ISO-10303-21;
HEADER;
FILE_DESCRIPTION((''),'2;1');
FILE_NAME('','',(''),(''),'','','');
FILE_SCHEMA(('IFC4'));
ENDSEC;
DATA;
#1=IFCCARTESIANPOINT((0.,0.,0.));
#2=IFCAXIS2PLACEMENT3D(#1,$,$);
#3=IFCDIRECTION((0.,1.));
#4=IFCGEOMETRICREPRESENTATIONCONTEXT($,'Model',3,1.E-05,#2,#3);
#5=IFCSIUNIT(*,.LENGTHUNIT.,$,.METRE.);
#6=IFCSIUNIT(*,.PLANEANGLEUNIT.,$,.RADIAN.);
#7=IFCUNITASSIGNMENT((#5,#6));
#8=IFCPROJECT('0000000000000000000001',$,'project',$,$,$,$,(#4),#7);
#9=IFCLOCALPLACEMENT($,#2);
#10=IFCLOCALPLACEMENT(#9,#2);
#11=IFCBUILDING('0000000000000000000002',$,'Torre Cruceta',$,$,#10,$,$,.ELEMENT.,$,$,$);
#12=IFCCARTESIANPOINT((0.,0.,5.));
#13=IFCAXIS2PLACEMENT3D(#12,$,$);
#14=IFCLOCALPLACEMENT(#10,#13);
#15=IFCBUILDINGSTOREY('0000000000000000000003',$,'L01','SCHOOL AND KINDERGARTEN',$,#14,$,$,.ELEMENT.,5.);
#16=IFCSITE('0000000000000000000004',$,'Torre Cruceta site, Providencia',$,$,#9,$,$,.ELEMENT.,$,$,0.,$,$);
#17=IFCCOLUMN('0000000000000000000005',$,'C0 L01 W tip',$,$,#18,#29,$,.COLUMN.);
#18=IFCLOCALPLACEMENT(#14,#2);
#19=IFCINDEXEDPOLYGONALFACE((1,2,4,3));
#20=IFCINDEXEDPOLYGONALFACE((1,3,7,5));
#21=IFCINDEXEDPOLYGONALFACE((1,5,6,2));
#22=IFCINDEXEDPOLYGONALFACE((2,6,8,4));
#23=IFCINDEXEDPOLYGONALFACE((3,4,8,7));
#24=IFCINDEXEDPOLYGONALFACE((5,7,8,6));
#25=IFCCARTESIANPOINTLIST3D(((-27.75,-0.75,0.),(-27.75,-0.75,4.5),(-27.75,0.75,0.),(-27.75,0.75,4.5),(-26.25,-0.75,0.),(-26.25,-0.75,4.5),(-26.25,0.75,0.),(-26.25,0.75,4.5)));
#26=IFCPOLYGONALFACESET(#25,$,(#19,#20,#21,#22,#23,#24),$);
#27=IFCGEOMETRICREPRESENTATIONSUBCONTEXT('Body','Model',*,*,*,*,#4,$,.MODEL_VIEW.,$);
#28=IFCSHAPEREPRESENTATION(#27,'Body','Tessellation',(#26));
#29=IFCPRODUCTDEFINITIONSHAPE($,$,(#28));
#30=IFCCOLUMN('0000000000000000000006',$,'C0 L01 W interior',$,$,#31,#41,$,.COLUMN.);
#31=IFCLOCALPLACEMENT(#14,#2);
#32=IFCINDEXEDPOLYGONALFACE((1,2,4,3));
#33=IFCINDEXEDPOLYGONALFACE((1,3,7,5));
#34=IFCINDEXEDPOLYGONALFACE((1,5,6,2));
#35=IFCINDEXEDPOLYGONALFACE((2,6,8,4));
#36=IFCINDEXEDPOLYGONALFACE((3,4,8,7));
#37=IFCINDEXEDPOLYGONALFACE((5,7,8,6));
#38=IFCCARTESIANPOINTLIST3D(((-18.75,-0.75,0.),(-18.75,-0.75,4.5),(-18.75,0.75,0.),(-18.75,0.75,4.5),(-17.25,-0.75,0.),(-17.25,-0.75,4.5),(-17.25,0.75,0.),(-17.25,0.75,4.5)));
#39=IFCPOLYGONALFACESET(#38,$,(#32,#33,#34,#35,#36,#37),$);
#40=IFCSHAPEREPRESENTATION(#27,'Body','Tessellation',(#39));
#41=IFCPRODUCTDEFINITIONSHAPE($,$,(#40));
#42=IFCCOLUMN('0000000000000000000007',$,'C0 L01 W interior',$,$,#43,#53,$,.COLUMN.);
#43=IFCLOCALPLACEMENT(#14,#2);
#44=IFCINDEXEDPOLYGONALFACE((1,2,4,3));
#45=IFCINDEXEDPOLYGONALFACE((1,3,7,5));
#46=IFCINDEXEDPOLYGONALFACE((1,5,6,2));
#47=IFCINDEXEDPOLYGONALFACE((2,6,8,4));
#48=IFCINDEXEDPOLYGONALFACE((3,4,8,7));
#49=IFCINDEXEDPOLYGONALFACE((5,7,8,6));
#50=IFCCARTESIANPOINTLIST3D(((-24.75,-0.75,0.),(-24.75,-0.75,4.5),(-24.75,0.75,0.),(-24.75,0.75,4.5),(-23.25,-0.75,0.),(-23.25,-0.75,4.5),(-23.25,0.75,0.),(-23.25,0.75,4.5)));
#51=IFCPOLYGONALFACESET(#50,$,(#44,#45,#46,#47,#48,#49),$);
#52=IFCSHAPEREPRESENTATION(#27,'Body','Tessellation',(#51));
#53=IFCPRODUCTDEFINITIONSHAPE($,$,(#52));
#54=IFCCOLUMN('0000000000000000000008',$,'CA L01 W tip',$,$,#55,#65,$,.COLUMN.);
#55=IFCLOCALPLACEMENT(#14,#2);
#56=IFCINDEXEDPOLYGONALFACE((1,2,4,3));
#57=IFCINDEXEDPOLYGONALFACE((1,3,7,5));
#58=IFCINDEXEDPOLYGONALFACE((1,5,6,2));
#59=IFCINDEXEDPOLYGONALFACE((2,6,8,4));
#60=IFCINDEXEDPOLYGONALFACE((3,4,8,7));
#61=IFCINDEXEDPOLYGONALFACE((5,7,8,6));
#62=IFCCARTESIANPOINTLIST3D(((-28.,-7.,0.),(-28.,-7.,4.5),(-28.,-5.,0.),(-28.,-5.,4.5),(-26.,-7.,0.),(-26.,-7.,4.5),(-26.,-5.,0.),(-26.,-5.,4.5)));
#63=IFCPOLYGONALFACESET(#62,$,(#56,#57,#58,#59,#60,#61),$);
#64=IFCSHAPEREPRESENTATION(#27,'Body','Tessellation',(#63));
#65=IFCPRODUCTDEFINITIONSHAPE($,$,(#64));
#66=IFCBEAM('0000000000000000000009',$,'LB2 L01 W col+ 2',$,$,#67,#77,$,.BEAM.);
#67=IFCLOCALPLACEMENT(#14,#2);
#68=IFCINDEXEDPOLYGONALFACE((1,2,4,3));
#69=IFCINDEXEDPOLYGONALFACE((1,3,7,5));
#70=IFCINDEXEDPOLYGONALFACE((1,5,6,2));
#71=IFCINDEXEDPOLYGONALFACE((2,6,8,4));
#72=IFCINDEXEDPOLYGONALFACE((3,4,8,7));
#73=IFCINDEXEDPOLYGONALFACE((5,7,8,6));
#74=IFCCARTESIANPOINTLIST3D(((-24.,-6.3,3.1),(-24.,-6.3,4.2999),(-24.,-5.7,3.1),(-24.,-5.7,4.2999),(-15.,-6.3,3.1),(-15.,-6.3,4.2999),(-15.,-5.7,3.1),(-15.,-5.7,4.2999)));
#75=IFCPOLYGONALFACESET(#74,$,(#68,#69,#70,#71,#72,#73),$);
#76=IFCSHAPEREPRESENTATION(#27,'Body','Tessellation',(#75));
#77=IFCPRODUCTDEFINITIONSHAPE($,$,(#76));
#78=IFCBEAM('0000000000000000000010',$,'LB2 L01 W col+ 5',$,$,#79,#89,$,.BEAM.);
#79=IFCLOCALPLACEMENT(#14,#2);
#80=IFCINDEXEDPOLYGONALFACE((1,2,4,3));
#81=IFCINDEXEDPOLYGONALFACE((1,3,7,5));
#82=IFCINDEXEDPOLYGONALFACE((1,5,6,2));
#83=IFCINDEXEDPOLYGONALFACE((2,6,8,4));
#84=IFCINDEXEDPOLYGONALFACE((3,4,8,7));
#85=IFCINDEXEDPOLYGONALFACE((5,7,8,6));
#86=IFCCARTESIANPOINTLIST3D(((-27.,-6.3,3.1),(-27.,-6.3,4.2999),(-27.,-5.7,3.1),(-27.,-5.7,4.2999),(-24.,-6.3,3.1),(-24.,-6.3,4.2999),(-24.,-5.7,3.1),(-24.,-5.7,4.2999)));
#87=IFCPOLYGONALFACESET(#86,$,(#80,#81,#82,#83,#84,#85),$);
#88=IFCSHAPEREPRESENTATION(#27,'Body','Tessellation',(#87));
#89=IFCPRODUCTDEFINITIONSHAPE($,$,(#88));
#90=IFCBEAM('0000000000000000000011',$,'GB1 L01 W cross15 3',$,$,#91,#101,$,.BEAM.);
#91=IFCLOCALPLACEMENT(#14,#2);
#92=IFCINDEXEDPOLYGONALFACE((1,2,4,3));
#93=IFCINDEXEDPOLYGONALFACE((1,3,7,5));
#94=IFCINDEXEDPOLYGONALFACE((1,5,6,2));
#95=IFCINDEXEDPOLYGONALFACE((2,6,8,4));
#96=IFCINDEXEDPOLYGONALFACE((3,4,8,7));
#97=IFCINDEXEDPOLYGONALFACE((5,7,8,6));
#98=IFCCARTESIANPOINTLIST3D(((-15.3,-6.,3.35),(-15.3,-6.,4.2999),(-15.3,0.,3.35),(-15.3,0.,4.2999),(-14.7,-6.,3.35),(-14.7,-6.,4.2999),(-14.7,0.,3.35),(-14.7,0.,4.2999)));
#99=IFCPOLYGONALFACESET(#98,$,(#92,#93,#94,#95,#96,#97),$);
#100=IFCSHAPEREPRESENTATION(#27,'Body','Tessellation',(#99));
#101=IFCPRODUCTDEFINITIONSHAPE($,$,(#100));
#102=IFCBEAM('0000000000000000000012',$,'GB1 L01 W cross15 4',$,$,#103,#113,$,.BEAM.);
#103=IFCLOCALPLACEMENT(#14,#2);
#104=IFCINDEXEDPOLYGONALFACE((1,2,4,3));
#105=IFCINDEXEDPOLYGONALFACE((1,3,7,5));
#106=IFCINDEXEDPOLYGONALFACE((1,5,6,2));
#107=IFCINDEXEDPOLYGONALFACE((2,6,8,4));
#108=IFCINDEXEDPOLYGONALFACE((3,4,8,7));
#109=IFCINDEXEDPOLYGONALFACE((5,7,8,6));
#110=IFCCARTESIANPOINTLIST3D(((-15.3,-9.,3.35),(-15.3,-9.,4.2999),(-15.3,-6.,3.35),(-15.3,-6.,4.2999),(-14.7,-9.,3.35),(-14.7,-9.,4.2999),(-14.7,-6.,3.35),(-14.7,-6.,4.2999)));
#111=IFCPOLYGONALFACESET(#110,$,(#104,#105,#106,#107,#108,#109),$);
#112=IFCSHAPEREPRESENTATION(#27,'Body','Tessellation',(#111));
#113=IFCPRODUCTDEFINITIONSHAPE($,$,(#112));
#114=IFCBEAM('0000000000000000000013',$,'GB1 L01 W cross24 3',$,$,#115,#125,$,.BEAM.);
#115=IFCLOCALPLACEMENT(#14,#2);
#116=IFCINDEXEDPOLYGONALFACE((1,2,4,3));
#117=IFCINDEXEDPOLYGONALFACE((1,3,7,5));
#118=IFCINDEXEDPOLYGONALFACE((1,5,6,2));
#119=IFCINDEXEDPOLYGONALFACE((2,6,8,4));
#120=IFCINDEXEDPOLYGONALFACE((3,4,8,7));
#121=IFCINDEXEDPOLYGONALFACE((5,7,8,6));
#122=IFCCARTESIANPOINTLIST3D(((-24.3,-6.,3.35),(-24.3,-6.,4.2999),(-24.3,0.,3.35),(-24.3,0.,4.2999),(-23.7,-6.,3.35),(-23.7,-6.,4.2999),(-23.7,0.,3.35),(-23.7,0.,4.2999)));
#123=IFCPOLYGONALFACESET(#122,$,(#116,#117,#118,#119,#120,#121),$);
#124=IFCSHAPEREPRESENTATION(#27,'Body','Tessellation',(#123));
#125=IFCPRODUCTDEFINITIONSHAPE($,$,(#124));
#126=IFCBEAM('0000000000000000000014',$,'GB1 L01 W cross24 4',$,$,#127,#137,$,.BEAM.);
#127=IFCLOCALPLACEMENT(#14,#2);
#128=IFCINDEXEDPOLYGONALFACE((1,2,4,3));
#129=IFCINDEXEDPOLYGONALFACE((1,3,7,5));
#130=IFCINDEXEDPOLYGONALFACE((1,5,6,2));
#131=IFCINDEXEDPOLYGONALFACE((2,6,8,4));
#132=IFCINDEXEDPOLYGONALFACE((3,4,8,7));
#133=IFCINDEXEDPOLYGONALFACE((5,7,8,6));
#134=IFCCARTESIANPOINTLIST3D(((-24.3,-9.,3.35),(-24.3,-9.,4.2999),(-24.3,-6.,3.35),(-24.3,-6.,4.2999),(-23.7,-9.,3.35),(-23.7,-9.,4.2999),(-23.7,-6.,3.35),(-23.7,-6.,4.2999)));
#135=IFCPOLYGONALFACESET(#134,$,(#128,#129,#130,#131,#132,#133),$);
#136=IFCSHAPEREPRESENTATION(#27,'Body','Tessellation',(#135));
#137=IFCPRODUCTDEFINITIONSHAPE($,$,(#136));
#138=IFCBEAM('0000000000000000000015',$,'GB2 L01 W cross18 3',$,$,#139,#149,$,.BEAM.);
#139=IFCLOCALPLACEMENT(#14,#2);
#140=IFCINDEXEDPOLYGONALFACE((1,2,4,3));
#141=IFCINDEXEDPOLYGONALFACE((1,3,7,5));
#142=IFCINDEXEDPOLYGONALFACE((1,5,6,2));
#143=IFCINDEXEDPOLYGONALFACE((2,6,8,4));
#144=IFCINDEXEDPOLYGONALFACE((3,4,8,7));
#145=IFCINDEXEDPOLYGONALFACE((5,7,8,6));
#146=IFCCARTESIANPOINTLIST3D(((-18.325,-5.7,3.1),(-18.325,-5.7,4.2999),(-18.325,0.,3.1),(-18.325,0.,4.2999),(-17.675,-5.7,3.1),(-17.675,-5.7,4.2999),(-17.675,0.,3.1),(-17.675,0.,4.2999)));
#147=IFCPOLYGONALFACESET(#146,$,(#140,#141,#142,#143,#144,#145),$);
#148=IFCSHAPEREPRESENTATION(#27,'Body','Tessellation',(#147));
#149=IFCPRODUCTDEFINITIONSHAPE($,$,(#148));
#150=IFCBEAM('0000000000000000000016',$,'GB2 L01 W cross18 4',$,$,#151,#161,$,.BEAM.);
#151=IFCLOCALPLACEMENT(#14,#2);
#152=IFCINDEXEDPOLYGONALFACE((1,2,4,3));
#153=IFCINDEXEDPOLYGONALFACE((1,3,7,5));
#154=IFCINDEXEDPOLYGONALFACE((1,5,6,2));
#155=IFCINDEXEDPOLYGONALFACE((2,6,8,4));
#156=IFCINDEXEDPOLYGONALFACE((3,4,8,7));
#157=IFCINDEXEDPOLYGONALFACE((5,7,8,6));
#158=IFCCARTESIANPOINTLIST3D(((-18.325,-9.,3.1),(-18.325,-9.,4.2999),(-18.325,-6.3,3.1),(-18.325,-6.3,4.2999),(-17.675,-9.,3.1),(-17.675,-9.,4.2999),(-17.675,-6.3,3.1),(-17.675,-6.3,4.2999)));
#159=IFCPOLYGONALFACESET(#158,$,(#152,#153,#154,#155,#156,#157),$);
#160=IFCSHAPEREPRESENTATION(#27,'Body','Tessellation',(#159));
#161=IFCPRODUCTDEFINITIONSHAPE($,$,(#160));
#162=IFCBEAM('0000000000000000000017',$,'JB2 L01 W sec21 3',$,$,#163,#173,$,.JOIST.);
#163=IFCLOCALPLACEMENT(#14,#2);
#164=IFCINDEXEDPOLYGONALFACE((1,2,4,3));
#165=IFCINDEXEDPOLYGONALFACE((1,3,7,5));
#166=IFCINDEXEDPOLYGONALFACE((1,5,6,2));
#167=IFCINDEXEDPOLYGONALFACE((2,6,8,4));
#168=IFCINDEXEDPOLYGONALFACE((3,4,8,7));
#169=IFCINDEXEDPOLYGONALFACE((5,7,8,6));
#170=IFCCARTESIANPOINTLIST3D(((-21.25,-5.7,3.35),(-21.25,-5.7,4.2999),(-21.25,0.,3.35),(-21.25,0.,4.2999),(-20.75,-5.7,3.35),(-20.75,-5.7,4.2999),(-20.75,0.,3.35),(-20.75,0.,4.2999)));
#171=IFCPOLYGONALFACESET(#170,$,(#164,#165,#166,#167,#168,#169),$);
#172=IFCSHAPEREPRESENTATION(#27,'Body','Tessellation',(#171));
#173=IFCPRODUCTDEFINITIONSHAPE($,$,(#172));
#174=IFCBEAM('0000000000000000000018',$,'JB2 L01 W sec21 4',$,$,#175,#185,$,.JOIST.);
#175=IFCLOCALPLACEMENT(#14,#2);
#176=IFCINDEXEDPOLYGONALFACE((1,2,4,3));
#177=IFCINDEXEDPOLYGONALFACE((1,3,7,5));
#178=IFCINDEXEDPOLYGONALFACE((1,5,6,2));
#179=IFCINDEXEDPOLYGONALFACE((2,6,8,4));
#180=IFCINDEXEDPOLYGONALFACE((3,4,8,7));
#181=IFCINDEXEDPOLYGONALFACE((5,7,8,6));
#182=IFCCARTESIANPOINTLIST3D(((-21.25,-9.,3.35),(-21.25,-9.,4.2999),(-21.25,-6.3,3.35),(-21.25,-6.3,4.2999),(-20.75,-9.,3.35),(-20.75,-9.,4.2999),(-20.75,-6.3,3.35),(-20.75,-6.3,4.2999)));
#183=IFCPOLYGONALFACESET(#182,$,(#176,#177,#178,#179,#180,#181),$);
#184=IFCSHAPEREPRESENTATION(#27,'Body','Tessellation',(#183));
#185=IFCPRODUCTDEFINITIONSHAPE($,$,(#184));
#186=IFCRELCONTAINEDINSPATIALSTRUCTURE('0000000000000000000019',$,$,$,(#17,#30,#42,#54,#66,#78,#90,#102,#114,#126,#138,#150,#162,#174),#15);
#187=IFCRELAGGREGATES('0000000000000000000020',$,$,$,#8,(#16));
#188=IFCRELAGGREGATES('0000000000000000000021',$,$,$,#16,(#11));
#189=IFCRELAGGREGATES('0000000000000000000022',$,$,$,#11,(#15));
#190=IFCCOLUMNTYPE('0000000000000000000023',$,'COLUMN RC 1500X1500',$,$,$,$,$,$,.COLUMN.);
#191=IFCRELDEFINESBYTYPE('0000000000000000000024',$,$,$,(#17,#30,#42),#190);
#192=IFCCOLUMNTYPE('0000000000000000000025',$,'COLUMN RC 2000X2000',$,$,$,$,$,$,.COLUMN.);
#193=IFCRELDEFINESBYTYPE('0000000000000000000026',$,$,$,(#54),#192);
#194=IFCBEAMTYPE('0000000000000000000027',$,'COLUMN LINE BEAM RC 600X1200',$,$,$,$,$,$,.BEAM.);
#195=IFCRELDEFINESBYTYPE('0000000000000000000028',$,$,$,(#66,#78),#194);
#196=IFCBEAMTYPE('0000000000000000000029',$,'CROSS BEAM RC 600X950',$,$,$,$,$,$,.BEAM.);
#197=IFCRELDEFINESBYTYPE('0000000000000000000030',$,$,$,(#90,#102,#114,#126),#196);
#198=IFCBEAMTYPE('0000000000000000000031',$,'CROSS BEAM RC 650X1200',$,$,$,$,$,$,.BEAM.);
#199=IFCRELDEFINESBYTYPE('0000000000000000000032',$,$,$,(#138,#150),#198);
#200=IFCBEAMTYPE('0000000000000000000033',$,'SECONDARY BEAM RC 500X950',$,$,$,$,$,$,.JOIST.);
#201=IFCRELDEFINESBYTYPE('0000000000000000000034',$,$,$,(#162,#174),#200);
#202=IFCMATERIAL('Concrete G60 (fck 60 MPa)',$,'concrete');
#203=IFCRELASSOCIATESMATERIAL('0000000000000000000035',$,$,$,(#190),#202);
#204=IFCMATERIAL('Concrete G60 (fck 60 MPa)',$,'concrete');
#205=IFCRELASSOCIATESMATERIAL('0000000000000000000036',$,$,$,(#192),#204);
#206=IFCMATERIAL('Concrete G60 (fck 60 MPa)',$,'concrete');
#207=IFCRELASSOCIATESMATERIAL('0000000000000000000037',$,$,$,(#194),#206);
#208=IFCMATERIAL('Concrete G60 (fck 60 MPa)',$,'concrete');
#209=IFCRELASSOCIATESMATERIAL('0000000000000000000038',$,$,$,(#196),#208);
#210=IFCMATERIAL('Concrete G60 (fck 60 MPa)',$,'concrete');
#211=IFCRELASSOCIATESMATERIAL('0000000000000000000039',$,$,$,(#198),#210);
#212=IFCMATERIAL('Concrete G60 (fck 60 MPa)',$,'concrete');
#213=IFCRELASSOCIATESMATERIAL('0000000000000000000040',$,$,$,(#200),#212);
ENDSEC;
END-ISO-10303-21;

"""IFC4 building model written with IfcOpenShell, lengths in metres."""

from ifc_helpers import new_model, si_unit, direction, frame, origin, origin_2d, place, context, subcontext, project, spatial, rectangle, extrude, material, material_profile, profile_set, type_object, element, save


model = new_model("IFC4")

# Units and contexts
model_context = context("Model", 3, precision=1e-05, world=origin(), true_north=direction((0.0, 1.0)))
body_context = subcontext(model_context, "Body", "Model", "MODEL_VIEW")
ifc_project = project(units=[si_unit("LENGTHUNIT", "METRE"), si_unit("PLANEANGLEUNIT", "RADIAN")], contexts=[model_context])

# Site, building, storey
site_placement = place(None, origin())
site = spatial("IfcSite", under=ifc_project, at=site_placement, Name="Torre Cruceta site, Providencia", CompositionType="ELEMENT", RefElevation=0.0)
building_placement = place(site_placement, origin())
building = spatial("IfcBuilding", under=site, at=building_placement, Name="Torre Cruceta", CompositionType="ELEMENT")
storey_placement = place(building_placement, frame((0.0, 0.0, 5.0)))
storey = spatial("IfcBuildingStorey", under=building, at=storey_placement, Name="L01", Description="SCHOOL AND KINDERGARTEN", CompositionType="ELEMENT", Elevation=5.0)

# Columns
ifc_material_1 = material(Name="Concrete G60 (fck 60 MPa)", Category="concrete")
ifc_material_profile_1 = material_profile(ifc_material_1, rectangle(XDim=1.5, YDim=1.5, at=origin_2d()), Name="RC 1500X1500")
ifc_profile_set_1 = profile_set([ifc_material_profile_1], Name="Concrete G60 (fck 60 MPa)")
column_type_1 = type_object("IfcColumnType", Name="COLUMN RC 1500X1500", PredefinedType="COLUMN", material=ifc_profile_set_1)
for number, where, z_axis, x_axis, name in (
    (1, (-27.0, 0.0, 0.0), (0.0, 0.0, 1.0), (1.0, 0.0, 0.0), "C0 L01 W tip"),
    (2, (-18.0, 0.0, 0.0), (0.0, 0.0, 1.0), (1.0, 0.0, 0.0), "C0 L01 W interior"),
    (3, (-24.0, 0.0, 0.0), (0.0, 0.0, 1.0), (1.0, 0.0, 0.0), "C0 L01 W interior"),
):
    element("IfcColumn", number, at=place(storey_placement, frame(where, z_axis=z_axis, x_axis=x_axis)), inside=storey, type_object=column_type_1, Name=name, PredefinedType="COLUMN", context=body_context, shape_type="SweptSolid", body=[
        extrude(rectangle(XDim=1.5, YDim=1.5, at=origin_2d()), origin(), (0.0, 0.0, 1.0), 4.5),
    ])
ifc_material_2 = material(Name="Concrete G60 (fck 60 MPa)", Category="concrete")
ifc_material_profile_2 = material_profile(ifc_material_2, rectangle(XDim=2.0, YDim=2.0, at=origin_2d()), Name="RC 2000X2000")
ifc_profile_set_2 = profile_set([ifc_material_profile_2], Name="Concrete G60 (fck 60 MPa)")
column_type_2 = type_object("IfcColumnType", Name="COLUMN RC 2000X2000", PredefinedType="COLUMN", material=ifc_profile_set_2)
column_placement = place(storey_placement, frame((-27.0, -6.0, 0.0), z_axis=(0.0, 0.0, 1.0), x_axis=(1.0, 0.0, 0.0)))
element("IfcColumn", 4, at=column_placement, inside=storey, type_object=column_type_2, Name="CA L01 W tip", PredefinedType="COLUMN", context=body_context, shape_type="SweptSolid", body=[
    extrude(rectangle(XDim=2.0, YDim=2.0, at=origin_2d()), origin(), (0.0, 0.0, 1.0), 4.5),
])

# Beams
ifc_material_3 = material(Name="Concrete G60 (fck 60 MPa)", Category="concrete")
ifc_material_profile_3 = material_profile(ifc_material_3, rectangle(XDim=0.6001, YDim=1.2, at=origin_2d()), Name="RC 600X1200")
ifc_profile_set_3 = profile_set([ifc_material_profile_3], Name="Concrete G60 (fck 60 MPa)")
beam_type_1 = type_object("IfcBeamType", Name="COLUMN LINE BEAM RC 600X1200", PredefinedType="BEAM", material=ifc_profile_set_3)
beam_1_placement = place(storey_placement, frame((-15.0, -6.0, 3.7), z_axis=(-1.0, 0.0, 0.0), x_axis=(0.0, -1.0, 0.0)))
element("IfcBeam", 5, at=beam_1_placement, inside=storey, type_object=beam_type_1, Name="LB2 L01 W col+ 2", PredefinedType="BEAM", context=body_context, shape_type="SweptSolid", body=[
    extrude(rectangle(XDim=0.6001, YDim=1.2, at=origin_2d()), origin(), (0.0, 0.0, 1.0), 9.0),
])
beam_2_placement = place(storey_placement, frame((-24.0, -6.0, 3.7), z_axis=(-1.0, 0.0, 0.0), x_axis=(0.0, -1.0, 0.0)))
element("IfcBeam", 6, at=beam_2_placement, inside=storey, type_object=beam_type_1, Name="LB2 L01 W col+ 5", PredefinedType="BEAM", context=body_context, shape_type="SweptSolid", body=[
    extrude(rectangle(XDim=0.6001, YDim=1.2, at=origin_2d()), origin(), (0.0, 0.0, 1.0), 3.0),
])
ifc_material_4 = material(Name="Concrete G60 (fck 60 MPa)", Category="concrete")
ifc_material_profile_4 = material_profile(ifc_material_4, rectangle(XDim=0.6001, YDim=0.95, at=origin_2d()), Name="RC 600X950")
ifc_profile_set_4 = profile_set([ifc_material_profile_4], Name="Concrete G60 (fck 60 MPa)")
beam_type_2 = type_object("IfcBeamType", Name="CROSS BEAM RC 600X950", PredefinedType="BEAM", material=ifc_profile_set_4)
beam_3_placement = place(storey_placement, frame((-15.0, 0.0, 3.825), z_axis=(0.0, -1.0, 0.0), x_axis=(1.0, 0.0, 0.0)))
element("IfcBeam", 7, at=beam_3_placement, inside=storey, type_object=beam_type_2, Name="GB1 L01 W cross15 3", PredefinedType="BEAM", context=body_context, shape_type="SweptSolid", body=[
    extrude(rectangle(XDim=0.6001, YDim=0.95, at=origin_2d()), origin(), (0.0, 0.0, 1.0), 6.0),
])
beam_4_placement = place(storey_placement, frame((-15.0, -6.0, 3.825), z_axis=(0.0, -1.0, 0.0), x_axis=(1.0, 0.0, 0.0)))
element("IfcBeam", 8, at=beam_4_placement, inside=storey, type_object=beam_type_2, Name="GB1 L01 W cross15 4", PredefinedType="BEAM", context=body_context, shape_type="SweptSolid", body=[
    extrude(rectangle(XDim=0.6001, YDim=0.95, at=origin_2d()), origin(), (0.0, 0.0, 1.0), 3.0),
])
beam_5_placement = place(storey_placement, frame((-24.0, 0.0, 3.825), z_axis=(0.0, -1.0, 0.0), x_axis=(1.0, 0.0, 0.0)))
element("IfcBeam", 9, at=beam_5_placement, inside=storey, type_object=beam_type_2, Name="GB1 L01 W cross24 3", PredefinedType="BEAM", context=body_context, shape_type="SweptSolid", body=[
    extrude(rectangle(XDim=0.6001, YDim=0.95, at=origin_2d()), origin(), (0.0, 0.0, 1.0), 6.0),
])
beam_6_placement = place(storey_placement, frame((-24.0, -6.0, 3.825), z_axis=(0.0, -1.0, 0.0), x_axis=(1.0, 0.0, 0.0)))
element("IfcBeam", 10, at=beam_6_placement, inside=storey, type_object=beam_type_2, Name="GB1 L01 W cross24 4", PredefinedType="BEAM", context=body_context, shape_type="SweptSolid", body=[
    extrude(rectangle(XDim=0.6001, YDim=0.95, at=origin_2d()), origin(), (0.0, 0.0, 1.0), 3.0),
])
ifc_material_5 = material(Name="Concrete G60 (fck 60 MPa)", Category="concrete")
ifc_material_profile_5 = material_profile(ifc_material_5, rectangle(XDim=0.6499, YDim=1.2, at=origin_2d()), Name="RC 650X1200")
ifc_profile_set_5 = profile_set([ifc_material_profile_5], Name="Concrete G60 (fck 60 MPa)")
beam_type_3 = type_object("IfcBeamType", Name="CROSS BEAM RC 650X1200", PredefinedType="BEAM", material=ifc_profile_set_5)
beam_7_placement = place(storey_placement, frame((-18.0, 0.0, 3.7), z_axis=(0.0, -1.0, 0.0), x_axis=(1.0, 0.0, 0.0)))
element("IfcBeam", 11, at=beam_7_placement, inside=storey, type_object=beam_type_3, Name="GB2 L01 W cross18 3", PredefinedType="BEAM", context=body_context, shape_type="SweptSolid", body=[
    extrude(rectangle(XDim=0.6499, YDim=1.2, at=origin_2d()), origin(), (0.0, 0.0, 1.0), 5.7),
])
beam_8_placement = place(storey_placement, frame((-18.0, -6.3, 3.7), z_axis=(0.0, -1.0, 0.0), x_axis=(1.0, 0.0, 0.0)))
element("IfcBeam", 12, at=beam_8_placement, inside=storey, type_object=beam_type_3, Name="GB2 L01 W cross18 4", PredefinedType="BEAM", context=body_context, shape_type="SweptSolid", body=[
    extrude(rectangle(XDim=0.6499, YDim=1.2, at=origin_2d()), origin(), (0.0, 0.0, 1.0), 2.7),
])
ifc_material_6 = material(Name="Concrete G60 (fck 60 MPa)", Category="concrete")
ifc_material_profile_6 = material_profile(ifc_material_6, rectangle(XDim=0.5, YDim=0.95, at=origin_2d()), Name="RC 500X950")
ifc_profile_set_6 = profile_set([ifc_material_profile_6], Name="Concrete G60 (fck 60 MPa)")
beam_type_4 = type_object("IfcBeamType", Name="SECONDARY BEAM RC 500X950", PredefinedType="JOIST", material=ifc_profile_set_6)
beam_9_placement = place(storey_placement, frame((-21.0, 0.0, 3.825), z_axis=(0.0, -1.0, 0.0), x_axis=(1.0, 0.0, 0.0)))
element("IfcBeam", 13, at=beam_9_placement, inside=storey, type_object=beam_type_4, Name="JB2 L01 W sec21 3", PredefinedType="JOIST", context=body_context, shape_type="SweptSolid", body=[
    extrude(rectangle(XDim=0.5, YDim=0.95, at=origin_2d()), origin(), (0.0, 0.0, 1.0), 5.7),
])
beam_10_placement = place(storey_placement, frame((-21.0, -6.3, 3.825), z_axis=(0.0, -1.0, 0.0), x_axis=(1.0, 0.0, 0.0)))
element("IfcBeam", 14, at=beam_10_placement, inside=storey, type_object=beam_type_4, Name="JB2 L01 W sec21 4", PredefinedType="JOIST", context=body_context, shape_type="SweptSolid", body=[
    extrude(rectangle(XDim=0.5, YDim=0.95, at=origin_2d()), origin(), (0.0, 0.0, 1.0), 2.7),
])

save(model, "model.ifc")
